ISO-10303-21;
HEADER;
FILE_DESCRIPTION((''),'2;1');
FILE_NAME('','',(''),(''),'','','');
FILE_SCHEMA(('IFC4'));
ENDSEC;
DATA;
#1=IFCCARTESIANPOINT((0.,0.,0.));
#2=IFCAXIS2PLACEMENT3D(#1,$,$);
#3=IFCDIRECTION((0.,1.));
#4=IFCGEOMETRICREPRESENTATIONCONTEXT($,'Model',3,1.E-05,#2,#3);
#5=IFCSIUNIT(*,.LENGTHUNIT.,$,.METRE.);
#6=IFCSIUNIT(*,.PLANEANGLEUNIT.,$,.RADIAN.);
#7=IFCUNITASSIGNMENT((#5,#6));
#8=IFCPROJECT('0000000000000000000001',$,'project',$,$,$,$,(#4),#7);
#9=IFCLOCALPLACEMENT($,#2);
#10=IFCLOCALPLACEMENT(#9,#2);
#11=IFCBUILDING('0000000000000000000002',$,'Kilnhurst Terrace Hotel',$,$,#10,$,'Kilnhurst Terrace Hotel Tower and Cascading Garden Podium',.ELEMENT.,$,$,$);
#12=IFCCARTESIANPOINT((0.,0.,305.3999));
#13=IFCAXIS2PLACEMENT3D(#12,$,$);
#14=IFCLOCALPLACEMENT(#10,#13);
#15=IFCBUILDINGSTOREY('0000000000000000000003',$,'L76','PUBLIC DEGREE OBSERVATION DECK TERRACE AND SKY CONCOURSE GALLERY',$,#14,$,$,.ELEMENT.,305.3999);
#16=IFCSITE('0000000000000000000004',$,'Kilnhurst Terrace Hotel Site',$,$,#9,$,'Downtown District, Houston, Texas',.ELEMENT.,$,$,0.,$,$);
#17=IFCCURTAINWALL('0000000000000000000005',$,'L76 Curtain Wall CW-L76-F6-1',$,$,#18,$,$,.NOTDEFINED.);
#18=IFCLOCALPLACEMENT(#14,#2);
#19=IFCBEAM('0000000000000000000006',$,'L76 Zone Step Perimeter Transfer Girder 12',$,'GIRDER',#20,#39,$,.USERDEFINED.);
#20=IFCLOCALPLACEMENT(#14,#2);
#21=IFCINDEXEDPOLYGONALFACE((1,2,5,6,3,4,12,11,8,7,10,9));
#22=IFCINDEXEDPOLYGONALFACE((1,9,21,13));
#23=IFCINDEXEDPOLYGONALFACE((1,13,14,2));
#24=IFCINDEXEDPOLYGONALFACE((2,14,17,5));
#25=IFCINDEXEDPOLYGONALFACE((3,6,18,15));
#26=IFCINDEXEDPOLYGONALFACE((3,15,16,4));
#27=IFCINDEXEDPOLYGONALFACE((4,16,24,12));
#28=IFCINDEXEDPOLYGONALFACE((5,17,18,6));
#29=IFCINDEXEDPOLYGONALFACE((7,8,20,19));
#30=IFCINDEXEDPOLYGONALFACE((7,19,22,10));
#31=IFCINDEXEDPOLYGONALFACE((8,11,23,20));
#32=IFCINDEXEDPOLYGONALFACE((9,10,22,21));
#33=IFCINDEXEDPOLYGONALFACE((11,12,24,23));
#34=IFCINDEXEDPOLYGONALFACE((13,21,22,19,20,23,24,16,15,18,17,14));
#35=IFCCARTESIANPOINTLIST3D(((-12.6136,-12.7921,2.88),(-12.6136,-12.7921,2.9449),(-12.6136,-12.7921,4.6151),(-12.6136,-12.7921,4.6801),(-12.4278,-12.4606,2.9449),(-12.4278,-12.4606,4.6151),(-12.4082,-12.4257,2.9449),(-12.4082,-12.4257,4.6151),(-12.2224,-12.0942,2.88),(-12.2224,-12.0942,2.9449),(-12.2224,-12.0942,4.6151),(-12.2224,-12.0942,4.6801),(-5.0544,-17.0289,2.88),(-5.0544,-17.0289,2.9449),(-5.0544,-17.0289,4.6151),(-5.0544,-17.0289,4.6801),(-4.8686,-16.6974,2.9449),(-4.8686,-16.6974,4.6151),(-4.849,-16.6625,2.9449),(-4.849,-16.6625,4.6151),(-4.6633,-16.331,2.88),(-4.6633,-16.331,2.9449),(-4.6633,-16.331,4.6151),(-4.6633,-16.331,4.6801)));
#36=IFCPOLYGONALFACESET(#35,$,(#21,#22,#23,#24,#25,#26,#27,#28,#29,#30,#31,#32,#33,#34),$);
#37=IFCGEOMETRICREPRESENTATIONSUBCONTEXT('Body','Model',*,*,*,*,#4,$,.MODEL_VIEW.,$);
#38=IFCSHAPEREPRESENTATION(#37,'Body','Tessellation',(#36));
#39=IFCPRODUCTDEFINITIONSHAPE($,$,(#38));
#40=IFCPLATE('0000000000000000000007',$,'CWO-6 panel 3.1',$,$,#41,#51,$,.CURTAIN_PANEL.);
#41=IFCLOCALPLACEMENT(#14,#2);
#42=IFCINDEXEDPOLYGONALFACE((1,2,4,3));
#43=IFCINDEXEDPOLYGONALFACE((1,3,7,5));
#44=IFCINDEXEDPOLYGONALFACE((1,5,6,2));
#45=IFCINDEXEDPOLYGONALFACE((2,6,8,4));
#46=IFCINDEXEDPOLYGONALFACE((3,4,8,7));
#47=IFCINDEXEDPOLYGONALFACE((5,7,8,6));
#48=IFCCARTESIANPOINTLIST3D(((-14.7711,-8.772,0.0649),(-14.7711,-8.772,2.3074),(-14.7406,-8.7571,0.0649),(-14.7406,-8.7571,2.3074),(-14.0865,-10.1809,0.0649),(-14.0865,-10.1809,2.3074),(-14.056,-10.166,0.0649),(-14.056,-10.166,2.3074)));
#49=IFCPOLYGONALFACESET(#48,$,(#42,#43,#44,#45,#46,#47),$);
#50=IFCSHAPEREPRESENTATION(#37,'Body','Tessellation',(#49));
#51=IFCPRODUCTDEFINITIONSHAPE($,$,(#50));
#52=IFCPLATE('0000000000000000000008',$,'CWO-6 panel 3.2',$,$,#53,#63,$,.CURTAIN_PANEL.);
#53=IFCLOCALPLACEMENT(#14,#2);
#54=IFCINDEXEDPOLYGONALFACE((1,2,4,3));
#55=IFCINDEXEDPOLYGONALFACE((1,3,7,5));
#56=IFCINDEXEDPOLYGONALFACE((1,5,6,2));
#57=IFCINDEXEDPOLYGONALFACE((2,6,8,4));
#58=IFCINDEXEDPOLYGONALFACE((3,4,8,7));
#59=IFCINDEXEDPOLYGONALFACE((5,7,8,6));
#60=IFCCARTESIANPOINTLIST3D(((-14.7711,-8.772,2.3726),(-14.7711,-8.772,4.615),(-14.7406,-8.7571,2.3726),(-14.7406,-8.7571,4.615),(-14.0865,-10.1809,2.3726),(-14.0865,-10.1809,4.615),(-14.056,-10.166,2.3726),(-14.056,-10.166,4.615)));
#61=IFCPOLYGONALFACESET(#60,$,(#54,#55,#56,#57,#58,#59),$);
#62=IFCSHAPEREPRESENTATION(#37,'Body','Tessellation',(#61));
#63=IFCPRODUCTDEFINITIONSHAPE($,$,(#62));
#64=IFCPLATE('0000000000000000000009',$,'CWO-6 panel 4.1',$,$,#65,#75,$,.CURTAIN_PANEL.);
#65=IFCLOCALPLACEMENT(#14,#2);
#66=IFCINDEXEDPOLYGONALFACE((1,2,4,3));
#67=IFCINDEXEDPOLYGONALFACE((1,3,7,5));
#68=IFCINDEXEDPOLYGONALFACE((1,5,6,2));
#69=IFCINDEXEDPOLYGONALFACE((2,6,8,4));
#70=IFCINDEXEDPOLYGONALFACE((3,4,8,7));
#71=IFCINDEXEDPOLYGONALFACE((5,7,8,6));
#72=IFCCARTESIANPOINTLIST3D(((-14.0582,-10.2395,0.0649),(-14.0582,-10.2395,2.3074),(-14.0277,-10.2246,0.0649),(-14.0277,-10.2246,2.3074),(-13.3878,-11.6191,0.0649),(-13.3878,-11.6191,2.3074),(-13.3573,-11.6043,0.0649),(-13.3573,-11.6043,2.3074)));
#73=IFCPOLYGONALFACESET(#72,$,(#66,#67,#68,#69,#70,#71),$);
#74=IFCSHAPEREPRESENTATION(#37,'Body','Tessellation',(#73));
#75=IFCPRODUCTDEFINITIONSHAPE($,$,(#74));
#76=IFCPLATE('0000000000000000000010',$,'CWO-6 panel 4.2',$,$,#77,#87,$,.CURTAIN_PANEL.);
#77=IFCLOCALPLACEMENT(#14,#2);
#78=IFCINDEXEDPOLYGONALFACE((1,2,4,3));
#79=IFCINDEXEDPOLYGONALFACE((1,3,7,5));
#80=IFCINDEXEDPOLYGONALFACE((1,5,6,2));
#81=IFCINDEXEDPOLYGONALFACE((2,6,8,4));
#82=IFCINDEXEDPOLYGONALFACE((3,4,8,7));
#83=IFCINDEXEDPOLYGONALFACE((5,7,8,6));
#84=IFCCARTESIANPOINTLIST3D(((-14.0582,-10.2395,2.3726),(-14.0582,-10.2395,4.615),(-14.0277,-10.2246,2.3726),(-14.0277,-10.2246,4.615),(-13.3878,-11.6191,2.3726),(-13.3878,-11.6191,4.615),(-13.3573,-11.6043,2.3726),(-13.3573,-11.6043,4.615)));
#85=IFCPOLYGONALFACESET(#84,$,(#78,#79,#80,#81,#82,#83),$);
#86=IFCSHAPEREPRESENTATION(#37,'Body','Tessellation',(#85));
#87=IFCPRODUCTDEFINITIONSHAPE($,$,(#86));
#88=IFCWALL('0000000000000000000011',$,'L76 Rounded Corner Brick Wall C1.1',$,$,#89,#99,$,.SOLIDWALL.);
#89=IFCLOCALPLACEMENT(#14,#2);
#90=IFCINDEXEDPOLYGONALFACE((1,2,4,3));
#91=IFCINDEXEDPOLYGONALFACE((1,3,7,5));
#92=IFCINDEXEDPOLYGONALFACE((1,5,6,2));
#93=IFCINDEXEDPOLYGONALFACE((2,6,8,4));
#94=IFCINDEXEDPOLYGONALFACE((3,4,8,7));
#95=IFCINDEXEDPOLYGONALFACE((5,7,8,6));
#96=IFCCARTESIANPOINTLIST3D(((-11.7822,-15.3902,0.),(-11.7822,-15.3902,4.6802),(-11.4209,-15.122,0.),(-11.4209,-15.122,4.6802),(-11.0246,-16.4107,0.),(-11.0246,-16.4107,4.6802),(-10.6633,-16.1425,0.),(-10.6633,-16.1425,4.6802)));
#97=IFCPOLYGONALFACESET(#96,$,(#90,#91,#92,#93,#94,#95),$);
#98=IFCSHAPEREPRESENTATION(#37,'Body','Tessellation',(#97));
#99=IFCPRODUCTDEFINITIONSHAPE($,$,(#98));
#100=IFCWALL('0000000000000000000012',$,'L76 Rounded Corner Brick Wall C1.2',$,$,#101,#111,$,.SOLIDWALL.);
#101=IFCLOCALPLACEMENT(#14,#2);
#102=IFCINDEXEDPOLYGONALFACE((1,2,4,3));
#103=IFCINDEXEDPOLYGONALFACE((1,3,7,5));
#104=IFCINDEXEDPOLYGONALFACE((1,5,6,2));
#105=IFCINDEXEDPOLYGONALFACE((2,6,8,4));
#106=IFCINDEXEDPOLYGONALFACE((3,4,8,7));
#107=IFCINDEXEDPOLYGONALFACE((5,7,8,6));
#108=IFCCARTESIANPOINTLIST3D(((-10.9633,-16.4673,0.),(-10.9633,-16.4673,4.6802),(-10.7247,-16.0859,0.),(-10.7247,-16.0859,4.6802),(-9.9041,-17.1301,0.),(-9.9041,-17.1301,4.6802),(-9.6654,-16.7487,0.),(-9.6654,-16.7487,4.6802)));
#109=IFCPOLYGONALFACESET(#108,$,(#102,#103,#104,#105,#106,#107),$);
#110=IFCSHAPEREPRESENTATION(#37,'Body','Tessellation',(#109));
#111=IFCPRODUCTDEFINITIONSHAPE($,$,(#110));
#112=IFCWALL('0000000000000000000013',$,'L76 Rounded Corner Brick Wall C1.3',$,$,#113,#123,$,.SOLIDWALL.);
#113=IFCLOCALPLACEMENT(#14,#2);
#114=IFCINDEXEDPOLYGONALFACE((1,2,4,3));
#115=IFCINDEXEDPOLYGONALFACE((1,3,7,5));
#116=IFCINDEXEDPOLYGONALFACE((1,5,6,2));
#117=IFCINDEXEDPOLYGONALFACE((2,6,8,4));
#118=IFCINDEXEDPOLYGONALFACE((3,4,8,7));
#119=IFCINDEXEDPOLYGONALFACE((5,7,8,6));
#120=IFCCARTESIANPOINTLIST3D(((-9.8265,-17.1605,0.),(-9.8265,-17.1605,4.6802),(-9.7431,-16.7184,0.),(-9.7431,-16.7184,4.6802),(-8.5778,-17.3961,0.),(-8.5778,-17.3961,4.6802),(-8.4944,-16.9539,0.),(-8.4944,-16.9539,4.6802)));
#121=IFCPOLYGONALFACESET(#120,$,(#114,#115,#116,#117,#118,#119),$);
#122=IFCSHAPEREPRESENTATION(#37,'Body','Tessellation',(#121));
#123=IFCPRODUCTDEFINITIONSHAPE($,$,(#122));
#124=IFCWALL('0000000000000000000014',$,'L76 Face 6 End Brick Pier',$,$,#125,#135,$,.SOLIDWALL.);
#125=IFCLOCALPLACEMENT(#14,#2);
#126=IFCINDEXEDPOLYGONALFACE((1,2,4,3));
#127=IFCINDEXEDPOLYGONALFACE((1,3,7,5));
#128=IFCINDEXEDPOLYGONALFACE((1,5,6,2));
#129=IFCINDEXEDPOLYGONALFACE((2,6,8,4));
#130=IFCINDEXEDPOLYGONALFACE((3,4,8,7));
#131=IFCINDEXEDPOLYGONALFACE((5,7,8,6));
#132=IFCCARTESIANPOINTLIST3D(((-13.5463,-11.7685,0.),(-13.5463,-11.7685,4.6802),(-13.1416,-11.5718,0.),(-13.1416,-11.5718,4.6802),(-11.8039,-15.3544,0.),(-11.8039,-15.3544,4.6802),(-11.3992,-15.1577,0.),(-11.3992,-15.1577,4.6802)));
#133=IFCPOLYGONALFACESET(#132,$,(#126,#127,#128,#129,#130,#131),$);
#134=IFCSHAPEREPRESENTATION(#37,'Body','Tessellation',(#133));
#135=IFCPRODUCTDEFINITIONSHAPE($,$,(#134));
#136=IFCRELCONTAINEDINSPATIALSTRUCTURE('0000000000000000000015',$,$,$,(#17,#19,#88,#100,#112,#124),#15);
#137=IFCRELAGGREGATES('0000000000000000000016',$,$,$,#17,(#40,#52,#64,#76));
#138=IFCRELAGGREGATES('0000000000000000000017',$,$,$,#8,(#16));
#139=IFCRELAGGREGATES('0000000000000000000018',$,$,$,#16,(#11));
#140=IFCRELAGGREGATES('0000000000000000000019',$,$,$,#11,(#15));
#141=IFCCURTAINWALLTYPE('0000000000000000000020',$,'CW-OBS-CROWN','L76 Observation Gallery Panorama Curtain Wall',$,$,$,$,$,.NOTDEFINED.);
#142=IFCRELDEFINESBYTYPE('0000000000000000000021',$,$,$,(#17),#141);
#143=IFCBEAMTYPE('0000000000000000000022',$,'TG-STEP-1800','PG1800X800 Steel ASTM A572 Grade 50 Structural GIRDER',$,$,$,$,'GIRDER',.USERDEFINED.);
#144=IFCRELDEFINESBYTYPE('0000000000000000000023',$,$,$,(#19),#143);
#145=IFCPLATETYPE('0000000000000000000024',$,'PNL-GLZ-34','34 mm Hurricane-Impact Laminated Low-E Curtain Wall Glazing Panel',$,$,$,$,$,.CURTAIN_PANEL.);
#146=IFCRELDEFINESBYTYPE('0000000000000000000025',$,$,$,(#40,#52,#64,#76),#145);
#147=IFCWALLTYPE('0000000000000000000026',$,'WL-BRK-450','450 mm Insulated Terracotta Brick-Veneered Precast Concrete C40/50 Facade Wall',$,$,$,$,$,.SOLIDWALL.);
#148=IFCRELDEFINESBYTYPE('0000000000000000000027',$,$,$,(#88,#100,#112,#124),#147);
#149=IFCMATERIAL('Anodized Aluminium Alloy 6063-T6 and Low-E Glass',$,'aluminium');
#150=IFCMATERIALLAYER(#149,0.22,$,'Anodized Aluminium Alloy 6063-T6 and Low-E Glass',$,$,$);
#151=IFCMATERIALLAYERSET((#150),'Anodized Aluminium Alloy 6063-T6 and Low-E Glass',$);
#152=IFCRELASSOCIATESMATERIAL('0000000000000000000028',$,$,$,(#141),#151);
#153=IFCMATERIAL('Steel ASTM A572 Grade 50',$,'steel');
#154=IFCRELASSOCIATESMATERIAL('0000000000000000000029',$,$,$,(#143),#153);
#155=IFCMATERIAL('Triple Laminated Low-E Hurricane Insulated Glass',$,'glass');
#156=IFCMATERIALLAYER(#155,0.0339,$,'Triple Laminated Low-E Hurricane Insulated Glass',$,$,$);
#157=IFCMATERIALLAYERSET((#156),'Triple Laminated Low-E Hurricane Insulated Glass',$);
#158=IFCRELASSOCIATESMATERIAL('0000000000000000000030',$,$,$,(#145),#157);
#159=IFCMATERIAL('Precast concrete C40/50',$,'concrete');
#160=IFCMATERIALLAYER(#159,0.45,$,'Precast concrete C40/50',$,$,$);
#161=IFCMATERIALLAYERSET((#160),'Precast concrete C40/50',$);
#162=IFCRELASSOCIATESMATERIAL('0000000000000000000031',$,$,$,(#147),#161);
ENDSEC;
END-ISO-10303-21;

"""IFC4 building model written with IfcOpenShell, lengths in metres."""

from ifc_helpers import new_model, si_unit, direction, frame, frame_2d, origin, origin_2d, place, context, subcontext, project, spatial, rectangle, i_section, extrude, material, layer, layer_set, material_profile, profile_set, type_object, element, aggregate, save


model = new_model("IFC4")

# Units and contexts
model_context = context("Model", 3, precision=1e-05, world=origin(), true_north=direction((0.0, 1.0)))
body_context = subcontext(model_context, "Body", "Model", "MODEL_VIEW")
ifc_project = project(units=[si_unit("LENGTHUNIT", "METRE"), si_unit("PLANEANGLEUNIT", "RADIAN")], contexts=[model_context])

# Site, building, storey
site_placement = place(None, origin())
site = spatial("IfcSite", under=ifc_project, at=site_placement, Name="Kilnhurst Terrace Hotel Site", LongName="Downtown District, Houston, Texas", CompositionType="ELEMENT", RefElevation=0.0)
building_placement = place(site_placement, origin())
building = spatial("IfcBuilding", under=site, at=building_placement, Name="Kilnhurst Terrace Hotel", LongName="Kilnhurst Terrace Hotel Tower and Cascading Garden Podium", CompositionType="ELEMENT")
storey_placement = place(building_placement, frame((0.0, 0.0, 305.3999)))
storey = spatial("IfcBuildingStorey", under=building, at=storey_placement, Name="L76", Description="PUBLIC DEGREE OBSERVATION DECK TERRACE AND SKY CONCOURSE GALLERY", CompositionType="ELEMENT", Elevation=305.3999)

# Curtain wall
ifc_material_1 = material(Name="Anodized Aluminium Alloy 6063-T6 and Low-E Glass", Category="aluminium")
ifc_layer_1 = layer(ifc_material_1, 0.22, Name="Anodized Aluminium Alloy 6063-T6 and Low-E Glass")
ifc_layer_set_1 = layer_set([ifc_layer_1], Name="Anodized Aluminium Alloy 6063-T6 and Low-E Glass")
curtain_wall_type = type_object("IfcCurtainWallType", Name="CW-OBS-CROWN", Description="L76 Observation Gallery Panorama Curtain Wall", PredefinedType="NOTDEFINED", material=ifc_layer_set_1)
curtain_wall_placement = place(storey_placement, origin())
curtain_wall = element("IfcCurtainWall", 1, at=curtain_wall_placement, inside=storey, type_object=curtain_wall_type, Name="L76 Curtain Wall CW-L76-F6-1", PredefinedType="NOTDEFINED")

# Beam
ifc_material_2 = material(Name="Steel ASTM A572 Grade 50", Category="steel")
ifc_material_profile_1 = material_profile(ifc_material_2, i_section(OverallWidth=0.8, OverallDepth=1.8, WebThickness=0.04, FlangeThickness=0.0649, at=origin_2d()), Name="PG1800X800")
ifc_profile_set_1 = profile_set([ifc_material_profile_1], Name="Steel ASTM A572 Grade 50")
beam_type_1 = type_object("IfcBeamType", Name="TG-STEP-1800", Description="PG1800X800 Steel ASTM A572 Grade 50 Structural GIRDER", ElementType="GIRDER", PredefinedType="USERDEFINED", material=ifc_profile_set_1)
beam_1_placement = place(storey_placement, frame((-12.418, -12.4431, 3.78), z_axis=(0.872322, -0.488931, 0.0), x_axis=(0.488931, 0.872322, 0.0)))
element("IfcBeam", 2, at=beam_1_placement, inside=storey, type_object=beam_type_1, Name="L76 Zone Step Perimeter Transfer Girder 12", ObjectType="GIRDER", PredefinedType="USERDEFINED", context=body_context, shape_type="SweptSolid", body=[
    extrude(i_section(OverallWidth=0.8, OverallDepth=1.8, WebThickness=0.04, FlangeThickness=0.0649, at=origin_2d()), origin(), (0.0, 0.0, 1.0), 8.6655),
])

# Plates
ifc_material_3 = material(Name="Triple Laminated Low-E Hurricane Insulated Glass", Category="glass")
ifc_layer_2 = layer(ifc_material_3, 0.0339, Name="Triple Laminated Low-E Hurricane Insulated Glass")
ifc_layer_set_2 = layer_set([ifc_layer_2], Name="Triple Laminated Low-E Hurricane Insulated Glass")
plate_type = type_object("IfcPlateType", Name="PNL-GLZ-34", Description="34 mm Hurricane-Impact Laminated Low-E Curtain Wall Glazing Panel", PredefinedType="CURTAIN_PANEL", material=ifc_layer_set_2)
plate_1_placement = place(storey_placement, frame((-14.4136, -9.469, 0.0649), z_axis=(0.0, 0.0, 1.0), x_axis=(0.437053, -0.899436, 0.0)))
plate_1 = element("IfcPlate", 3, at=plate_1_placement, type_object=plate_type, Name="CWO-6 panel 3.1", PredefinedType="CURTAIN_PANEL", context=body_context, shape_type="SweptSolid", body=[
    extrude(rectangle(XDim=1.5664, YDim=0.0339, at=origin_2d()), origin(), (0.0, 0.0, 1.0), 2.2424),
])
plate_2_placement = place(storey_placement, frame((-14.4136, -9.469, 2.3726), z_axis=(0.0, 0.0, 1.0), x_axis=(0.437053, -0.899436, 0.0)))
plate_2 = element("IfcPlate", 4, at=plate_2_placement, type_object=plate_type, Name="CWO-6 panel 3.2", PredefinedType="CURTAIN_PANEL", context=body_context, shape_type="SweptSolid", body=[
    extrude(rectangle(XDim=1.5664, YDim=0.0339, at=origin_2d()), origin(), (0.0, 0.0, 1.0), 2.2424),
])
plate_3_placement = place(storey_placement, frame((-13.7078, -10.9219, 0.0649), z_axis=(0.0, 0.0, 1.0), x_axis=(0.437053, -0.899436, 0.0)))
plate_3 = element("IfcPlate", 5, at=plate_3_placement, type_object=plate_type, Name="CWO-6 panel 4.1", PredefinedType="CURTAIN_PANEL", context=body_context, shape_type="SweptSolid", body=[
    extrude(rectangle(XDim=1.5339, YDim=0.0339, at=origin_2d()), origin(), (0.0, 0.0, 1.0), 2.2424),
])
plate_4_placement = place(storey_placement, frame((-13.7078, -10.9219, 2.3726), z_axis=(0.0, 0.0, 1.0), x_axis=(0.437053, -0.899436, 0.0)))
plate_4 = element("IfcPlate", 6, at=plate_4_placement, type_object=plate_type, Name="CWO-6 panel 4.2", PredefinedType="CURTAIN_PANEL", context=body_context, shape_type="SweptSolid", body=[
    extrude(rectangle(XDim=1.5339, YDim=0.0339, at=origin_2d()), origin(), (0.0, 0.0, 1.0), 2.2424),
])
aggregate(curtain_wall, [plate_1, plate_2, plate_3, plate_4])

# Walls
ifc_material_4 = material(Name="Precast concrete C40/50", Category="concrete")
ifc_layer_3 = layer(ifc_material_4, 0.45, Name="Precast concrete C40/50")
ifc_layer_set_3 = layer_set([ifc_layer_3], Name="Precast concrete C40/50")
wall_type_1 = type_object("IfcWallType", Name="WL-BRK-450", Description="450 mm Insulated Terracotta Brick-Veneered Precast Concrete C40/50 Facade Wall", PredefinedType="SOLIDWALL", material=ifc_layer_set_3)
wall_1_placement = place(storey_placement, frame((-11.6016, -15.2561, 0.0), z_axis=(0.0, 0.0, 1.0), x_axis=(0.596059, -0.802941, 0.0)))
element("IfcWall", 7, at=wall_1_placement, inside=storey, type_object=wall_type_1, Name="L76 Rounded Corner Brick Wall C1.1", PredefinedType="SOLIDWALL", context=body_context, shape_type="SweptSolid", body=[
    extrude(rectangle(XDim=1.271, YDim=0.45, at=frame_2d((0.6355, 0.0))), origin(), (0.0, 0.0, 1.0), 4.6802),
])
wall_2_placement = place(storey_placement, frame((-10.844, -16.2766, 0.0), z_axis=(0.0, 0.0, 1.0), x_axis=(0.847724, -0.530438, 0.0)))
element("IfcWall", 8, at=wall_2_placement, inside=storey, type_object=wall_type_1, Name="L76 Rounded Corner Brick Wall C1.2", PredefinedType="SOLIDWALL", context=body_context, shape_type="SweptSolid", body=[
    extrude(rectangle(XDim=1.2495, YDim=0.45, at=frame_2d((0.6248, 0.0))), origin(), (0.0, 0.0, 1.0), 4.6802),
])
wall_3_placement = place(storey_placement, frame((-9.7847, -16.9395, 0.0), z_axis=(0.0, 0.0, 1.0), x_axis=(0.982665, -0.18539, 0.0)))
element("IfcWall", 9, at=wall_3_placement, inside=storey, type_object=wall_type_1, Name="L76 Rounded Corner Brick Wall C1.3", PredefinedType="SOLIDWALL", context=body_context, shape_type="SweptSolid", body=[
    extrude(rectangle(XDim=1.2708, YDim=0.45, at=frame_2d((0.6353, 0.0))), origin(), (0.0, 0.0, 1.0), 4.6802),
])
wall_4_placement = place(storey_placement, frame((-13.344, -11.6702, 0.0), z_axis=(0.0, 0.0, 1.0), x_axis=(0.437044, -0.89944, 0.0)))
element("IfcWall", 10, at=wall_4_placement, inside=storey, type_object=wall_type_1, Name="L76 Face 6 End Brick Pier", PredefinedType="SOLIDWALL", context=body_context, shape_type="SweptSolid", body=[
    extrude(rectangle(XDim=3.9868, YDim=0.45, at=frame_2d((1.9934, 0.0))), origin(), (0.0, 0.0, 1.0), 4.6802),
])

save(model, "model.ifc")
